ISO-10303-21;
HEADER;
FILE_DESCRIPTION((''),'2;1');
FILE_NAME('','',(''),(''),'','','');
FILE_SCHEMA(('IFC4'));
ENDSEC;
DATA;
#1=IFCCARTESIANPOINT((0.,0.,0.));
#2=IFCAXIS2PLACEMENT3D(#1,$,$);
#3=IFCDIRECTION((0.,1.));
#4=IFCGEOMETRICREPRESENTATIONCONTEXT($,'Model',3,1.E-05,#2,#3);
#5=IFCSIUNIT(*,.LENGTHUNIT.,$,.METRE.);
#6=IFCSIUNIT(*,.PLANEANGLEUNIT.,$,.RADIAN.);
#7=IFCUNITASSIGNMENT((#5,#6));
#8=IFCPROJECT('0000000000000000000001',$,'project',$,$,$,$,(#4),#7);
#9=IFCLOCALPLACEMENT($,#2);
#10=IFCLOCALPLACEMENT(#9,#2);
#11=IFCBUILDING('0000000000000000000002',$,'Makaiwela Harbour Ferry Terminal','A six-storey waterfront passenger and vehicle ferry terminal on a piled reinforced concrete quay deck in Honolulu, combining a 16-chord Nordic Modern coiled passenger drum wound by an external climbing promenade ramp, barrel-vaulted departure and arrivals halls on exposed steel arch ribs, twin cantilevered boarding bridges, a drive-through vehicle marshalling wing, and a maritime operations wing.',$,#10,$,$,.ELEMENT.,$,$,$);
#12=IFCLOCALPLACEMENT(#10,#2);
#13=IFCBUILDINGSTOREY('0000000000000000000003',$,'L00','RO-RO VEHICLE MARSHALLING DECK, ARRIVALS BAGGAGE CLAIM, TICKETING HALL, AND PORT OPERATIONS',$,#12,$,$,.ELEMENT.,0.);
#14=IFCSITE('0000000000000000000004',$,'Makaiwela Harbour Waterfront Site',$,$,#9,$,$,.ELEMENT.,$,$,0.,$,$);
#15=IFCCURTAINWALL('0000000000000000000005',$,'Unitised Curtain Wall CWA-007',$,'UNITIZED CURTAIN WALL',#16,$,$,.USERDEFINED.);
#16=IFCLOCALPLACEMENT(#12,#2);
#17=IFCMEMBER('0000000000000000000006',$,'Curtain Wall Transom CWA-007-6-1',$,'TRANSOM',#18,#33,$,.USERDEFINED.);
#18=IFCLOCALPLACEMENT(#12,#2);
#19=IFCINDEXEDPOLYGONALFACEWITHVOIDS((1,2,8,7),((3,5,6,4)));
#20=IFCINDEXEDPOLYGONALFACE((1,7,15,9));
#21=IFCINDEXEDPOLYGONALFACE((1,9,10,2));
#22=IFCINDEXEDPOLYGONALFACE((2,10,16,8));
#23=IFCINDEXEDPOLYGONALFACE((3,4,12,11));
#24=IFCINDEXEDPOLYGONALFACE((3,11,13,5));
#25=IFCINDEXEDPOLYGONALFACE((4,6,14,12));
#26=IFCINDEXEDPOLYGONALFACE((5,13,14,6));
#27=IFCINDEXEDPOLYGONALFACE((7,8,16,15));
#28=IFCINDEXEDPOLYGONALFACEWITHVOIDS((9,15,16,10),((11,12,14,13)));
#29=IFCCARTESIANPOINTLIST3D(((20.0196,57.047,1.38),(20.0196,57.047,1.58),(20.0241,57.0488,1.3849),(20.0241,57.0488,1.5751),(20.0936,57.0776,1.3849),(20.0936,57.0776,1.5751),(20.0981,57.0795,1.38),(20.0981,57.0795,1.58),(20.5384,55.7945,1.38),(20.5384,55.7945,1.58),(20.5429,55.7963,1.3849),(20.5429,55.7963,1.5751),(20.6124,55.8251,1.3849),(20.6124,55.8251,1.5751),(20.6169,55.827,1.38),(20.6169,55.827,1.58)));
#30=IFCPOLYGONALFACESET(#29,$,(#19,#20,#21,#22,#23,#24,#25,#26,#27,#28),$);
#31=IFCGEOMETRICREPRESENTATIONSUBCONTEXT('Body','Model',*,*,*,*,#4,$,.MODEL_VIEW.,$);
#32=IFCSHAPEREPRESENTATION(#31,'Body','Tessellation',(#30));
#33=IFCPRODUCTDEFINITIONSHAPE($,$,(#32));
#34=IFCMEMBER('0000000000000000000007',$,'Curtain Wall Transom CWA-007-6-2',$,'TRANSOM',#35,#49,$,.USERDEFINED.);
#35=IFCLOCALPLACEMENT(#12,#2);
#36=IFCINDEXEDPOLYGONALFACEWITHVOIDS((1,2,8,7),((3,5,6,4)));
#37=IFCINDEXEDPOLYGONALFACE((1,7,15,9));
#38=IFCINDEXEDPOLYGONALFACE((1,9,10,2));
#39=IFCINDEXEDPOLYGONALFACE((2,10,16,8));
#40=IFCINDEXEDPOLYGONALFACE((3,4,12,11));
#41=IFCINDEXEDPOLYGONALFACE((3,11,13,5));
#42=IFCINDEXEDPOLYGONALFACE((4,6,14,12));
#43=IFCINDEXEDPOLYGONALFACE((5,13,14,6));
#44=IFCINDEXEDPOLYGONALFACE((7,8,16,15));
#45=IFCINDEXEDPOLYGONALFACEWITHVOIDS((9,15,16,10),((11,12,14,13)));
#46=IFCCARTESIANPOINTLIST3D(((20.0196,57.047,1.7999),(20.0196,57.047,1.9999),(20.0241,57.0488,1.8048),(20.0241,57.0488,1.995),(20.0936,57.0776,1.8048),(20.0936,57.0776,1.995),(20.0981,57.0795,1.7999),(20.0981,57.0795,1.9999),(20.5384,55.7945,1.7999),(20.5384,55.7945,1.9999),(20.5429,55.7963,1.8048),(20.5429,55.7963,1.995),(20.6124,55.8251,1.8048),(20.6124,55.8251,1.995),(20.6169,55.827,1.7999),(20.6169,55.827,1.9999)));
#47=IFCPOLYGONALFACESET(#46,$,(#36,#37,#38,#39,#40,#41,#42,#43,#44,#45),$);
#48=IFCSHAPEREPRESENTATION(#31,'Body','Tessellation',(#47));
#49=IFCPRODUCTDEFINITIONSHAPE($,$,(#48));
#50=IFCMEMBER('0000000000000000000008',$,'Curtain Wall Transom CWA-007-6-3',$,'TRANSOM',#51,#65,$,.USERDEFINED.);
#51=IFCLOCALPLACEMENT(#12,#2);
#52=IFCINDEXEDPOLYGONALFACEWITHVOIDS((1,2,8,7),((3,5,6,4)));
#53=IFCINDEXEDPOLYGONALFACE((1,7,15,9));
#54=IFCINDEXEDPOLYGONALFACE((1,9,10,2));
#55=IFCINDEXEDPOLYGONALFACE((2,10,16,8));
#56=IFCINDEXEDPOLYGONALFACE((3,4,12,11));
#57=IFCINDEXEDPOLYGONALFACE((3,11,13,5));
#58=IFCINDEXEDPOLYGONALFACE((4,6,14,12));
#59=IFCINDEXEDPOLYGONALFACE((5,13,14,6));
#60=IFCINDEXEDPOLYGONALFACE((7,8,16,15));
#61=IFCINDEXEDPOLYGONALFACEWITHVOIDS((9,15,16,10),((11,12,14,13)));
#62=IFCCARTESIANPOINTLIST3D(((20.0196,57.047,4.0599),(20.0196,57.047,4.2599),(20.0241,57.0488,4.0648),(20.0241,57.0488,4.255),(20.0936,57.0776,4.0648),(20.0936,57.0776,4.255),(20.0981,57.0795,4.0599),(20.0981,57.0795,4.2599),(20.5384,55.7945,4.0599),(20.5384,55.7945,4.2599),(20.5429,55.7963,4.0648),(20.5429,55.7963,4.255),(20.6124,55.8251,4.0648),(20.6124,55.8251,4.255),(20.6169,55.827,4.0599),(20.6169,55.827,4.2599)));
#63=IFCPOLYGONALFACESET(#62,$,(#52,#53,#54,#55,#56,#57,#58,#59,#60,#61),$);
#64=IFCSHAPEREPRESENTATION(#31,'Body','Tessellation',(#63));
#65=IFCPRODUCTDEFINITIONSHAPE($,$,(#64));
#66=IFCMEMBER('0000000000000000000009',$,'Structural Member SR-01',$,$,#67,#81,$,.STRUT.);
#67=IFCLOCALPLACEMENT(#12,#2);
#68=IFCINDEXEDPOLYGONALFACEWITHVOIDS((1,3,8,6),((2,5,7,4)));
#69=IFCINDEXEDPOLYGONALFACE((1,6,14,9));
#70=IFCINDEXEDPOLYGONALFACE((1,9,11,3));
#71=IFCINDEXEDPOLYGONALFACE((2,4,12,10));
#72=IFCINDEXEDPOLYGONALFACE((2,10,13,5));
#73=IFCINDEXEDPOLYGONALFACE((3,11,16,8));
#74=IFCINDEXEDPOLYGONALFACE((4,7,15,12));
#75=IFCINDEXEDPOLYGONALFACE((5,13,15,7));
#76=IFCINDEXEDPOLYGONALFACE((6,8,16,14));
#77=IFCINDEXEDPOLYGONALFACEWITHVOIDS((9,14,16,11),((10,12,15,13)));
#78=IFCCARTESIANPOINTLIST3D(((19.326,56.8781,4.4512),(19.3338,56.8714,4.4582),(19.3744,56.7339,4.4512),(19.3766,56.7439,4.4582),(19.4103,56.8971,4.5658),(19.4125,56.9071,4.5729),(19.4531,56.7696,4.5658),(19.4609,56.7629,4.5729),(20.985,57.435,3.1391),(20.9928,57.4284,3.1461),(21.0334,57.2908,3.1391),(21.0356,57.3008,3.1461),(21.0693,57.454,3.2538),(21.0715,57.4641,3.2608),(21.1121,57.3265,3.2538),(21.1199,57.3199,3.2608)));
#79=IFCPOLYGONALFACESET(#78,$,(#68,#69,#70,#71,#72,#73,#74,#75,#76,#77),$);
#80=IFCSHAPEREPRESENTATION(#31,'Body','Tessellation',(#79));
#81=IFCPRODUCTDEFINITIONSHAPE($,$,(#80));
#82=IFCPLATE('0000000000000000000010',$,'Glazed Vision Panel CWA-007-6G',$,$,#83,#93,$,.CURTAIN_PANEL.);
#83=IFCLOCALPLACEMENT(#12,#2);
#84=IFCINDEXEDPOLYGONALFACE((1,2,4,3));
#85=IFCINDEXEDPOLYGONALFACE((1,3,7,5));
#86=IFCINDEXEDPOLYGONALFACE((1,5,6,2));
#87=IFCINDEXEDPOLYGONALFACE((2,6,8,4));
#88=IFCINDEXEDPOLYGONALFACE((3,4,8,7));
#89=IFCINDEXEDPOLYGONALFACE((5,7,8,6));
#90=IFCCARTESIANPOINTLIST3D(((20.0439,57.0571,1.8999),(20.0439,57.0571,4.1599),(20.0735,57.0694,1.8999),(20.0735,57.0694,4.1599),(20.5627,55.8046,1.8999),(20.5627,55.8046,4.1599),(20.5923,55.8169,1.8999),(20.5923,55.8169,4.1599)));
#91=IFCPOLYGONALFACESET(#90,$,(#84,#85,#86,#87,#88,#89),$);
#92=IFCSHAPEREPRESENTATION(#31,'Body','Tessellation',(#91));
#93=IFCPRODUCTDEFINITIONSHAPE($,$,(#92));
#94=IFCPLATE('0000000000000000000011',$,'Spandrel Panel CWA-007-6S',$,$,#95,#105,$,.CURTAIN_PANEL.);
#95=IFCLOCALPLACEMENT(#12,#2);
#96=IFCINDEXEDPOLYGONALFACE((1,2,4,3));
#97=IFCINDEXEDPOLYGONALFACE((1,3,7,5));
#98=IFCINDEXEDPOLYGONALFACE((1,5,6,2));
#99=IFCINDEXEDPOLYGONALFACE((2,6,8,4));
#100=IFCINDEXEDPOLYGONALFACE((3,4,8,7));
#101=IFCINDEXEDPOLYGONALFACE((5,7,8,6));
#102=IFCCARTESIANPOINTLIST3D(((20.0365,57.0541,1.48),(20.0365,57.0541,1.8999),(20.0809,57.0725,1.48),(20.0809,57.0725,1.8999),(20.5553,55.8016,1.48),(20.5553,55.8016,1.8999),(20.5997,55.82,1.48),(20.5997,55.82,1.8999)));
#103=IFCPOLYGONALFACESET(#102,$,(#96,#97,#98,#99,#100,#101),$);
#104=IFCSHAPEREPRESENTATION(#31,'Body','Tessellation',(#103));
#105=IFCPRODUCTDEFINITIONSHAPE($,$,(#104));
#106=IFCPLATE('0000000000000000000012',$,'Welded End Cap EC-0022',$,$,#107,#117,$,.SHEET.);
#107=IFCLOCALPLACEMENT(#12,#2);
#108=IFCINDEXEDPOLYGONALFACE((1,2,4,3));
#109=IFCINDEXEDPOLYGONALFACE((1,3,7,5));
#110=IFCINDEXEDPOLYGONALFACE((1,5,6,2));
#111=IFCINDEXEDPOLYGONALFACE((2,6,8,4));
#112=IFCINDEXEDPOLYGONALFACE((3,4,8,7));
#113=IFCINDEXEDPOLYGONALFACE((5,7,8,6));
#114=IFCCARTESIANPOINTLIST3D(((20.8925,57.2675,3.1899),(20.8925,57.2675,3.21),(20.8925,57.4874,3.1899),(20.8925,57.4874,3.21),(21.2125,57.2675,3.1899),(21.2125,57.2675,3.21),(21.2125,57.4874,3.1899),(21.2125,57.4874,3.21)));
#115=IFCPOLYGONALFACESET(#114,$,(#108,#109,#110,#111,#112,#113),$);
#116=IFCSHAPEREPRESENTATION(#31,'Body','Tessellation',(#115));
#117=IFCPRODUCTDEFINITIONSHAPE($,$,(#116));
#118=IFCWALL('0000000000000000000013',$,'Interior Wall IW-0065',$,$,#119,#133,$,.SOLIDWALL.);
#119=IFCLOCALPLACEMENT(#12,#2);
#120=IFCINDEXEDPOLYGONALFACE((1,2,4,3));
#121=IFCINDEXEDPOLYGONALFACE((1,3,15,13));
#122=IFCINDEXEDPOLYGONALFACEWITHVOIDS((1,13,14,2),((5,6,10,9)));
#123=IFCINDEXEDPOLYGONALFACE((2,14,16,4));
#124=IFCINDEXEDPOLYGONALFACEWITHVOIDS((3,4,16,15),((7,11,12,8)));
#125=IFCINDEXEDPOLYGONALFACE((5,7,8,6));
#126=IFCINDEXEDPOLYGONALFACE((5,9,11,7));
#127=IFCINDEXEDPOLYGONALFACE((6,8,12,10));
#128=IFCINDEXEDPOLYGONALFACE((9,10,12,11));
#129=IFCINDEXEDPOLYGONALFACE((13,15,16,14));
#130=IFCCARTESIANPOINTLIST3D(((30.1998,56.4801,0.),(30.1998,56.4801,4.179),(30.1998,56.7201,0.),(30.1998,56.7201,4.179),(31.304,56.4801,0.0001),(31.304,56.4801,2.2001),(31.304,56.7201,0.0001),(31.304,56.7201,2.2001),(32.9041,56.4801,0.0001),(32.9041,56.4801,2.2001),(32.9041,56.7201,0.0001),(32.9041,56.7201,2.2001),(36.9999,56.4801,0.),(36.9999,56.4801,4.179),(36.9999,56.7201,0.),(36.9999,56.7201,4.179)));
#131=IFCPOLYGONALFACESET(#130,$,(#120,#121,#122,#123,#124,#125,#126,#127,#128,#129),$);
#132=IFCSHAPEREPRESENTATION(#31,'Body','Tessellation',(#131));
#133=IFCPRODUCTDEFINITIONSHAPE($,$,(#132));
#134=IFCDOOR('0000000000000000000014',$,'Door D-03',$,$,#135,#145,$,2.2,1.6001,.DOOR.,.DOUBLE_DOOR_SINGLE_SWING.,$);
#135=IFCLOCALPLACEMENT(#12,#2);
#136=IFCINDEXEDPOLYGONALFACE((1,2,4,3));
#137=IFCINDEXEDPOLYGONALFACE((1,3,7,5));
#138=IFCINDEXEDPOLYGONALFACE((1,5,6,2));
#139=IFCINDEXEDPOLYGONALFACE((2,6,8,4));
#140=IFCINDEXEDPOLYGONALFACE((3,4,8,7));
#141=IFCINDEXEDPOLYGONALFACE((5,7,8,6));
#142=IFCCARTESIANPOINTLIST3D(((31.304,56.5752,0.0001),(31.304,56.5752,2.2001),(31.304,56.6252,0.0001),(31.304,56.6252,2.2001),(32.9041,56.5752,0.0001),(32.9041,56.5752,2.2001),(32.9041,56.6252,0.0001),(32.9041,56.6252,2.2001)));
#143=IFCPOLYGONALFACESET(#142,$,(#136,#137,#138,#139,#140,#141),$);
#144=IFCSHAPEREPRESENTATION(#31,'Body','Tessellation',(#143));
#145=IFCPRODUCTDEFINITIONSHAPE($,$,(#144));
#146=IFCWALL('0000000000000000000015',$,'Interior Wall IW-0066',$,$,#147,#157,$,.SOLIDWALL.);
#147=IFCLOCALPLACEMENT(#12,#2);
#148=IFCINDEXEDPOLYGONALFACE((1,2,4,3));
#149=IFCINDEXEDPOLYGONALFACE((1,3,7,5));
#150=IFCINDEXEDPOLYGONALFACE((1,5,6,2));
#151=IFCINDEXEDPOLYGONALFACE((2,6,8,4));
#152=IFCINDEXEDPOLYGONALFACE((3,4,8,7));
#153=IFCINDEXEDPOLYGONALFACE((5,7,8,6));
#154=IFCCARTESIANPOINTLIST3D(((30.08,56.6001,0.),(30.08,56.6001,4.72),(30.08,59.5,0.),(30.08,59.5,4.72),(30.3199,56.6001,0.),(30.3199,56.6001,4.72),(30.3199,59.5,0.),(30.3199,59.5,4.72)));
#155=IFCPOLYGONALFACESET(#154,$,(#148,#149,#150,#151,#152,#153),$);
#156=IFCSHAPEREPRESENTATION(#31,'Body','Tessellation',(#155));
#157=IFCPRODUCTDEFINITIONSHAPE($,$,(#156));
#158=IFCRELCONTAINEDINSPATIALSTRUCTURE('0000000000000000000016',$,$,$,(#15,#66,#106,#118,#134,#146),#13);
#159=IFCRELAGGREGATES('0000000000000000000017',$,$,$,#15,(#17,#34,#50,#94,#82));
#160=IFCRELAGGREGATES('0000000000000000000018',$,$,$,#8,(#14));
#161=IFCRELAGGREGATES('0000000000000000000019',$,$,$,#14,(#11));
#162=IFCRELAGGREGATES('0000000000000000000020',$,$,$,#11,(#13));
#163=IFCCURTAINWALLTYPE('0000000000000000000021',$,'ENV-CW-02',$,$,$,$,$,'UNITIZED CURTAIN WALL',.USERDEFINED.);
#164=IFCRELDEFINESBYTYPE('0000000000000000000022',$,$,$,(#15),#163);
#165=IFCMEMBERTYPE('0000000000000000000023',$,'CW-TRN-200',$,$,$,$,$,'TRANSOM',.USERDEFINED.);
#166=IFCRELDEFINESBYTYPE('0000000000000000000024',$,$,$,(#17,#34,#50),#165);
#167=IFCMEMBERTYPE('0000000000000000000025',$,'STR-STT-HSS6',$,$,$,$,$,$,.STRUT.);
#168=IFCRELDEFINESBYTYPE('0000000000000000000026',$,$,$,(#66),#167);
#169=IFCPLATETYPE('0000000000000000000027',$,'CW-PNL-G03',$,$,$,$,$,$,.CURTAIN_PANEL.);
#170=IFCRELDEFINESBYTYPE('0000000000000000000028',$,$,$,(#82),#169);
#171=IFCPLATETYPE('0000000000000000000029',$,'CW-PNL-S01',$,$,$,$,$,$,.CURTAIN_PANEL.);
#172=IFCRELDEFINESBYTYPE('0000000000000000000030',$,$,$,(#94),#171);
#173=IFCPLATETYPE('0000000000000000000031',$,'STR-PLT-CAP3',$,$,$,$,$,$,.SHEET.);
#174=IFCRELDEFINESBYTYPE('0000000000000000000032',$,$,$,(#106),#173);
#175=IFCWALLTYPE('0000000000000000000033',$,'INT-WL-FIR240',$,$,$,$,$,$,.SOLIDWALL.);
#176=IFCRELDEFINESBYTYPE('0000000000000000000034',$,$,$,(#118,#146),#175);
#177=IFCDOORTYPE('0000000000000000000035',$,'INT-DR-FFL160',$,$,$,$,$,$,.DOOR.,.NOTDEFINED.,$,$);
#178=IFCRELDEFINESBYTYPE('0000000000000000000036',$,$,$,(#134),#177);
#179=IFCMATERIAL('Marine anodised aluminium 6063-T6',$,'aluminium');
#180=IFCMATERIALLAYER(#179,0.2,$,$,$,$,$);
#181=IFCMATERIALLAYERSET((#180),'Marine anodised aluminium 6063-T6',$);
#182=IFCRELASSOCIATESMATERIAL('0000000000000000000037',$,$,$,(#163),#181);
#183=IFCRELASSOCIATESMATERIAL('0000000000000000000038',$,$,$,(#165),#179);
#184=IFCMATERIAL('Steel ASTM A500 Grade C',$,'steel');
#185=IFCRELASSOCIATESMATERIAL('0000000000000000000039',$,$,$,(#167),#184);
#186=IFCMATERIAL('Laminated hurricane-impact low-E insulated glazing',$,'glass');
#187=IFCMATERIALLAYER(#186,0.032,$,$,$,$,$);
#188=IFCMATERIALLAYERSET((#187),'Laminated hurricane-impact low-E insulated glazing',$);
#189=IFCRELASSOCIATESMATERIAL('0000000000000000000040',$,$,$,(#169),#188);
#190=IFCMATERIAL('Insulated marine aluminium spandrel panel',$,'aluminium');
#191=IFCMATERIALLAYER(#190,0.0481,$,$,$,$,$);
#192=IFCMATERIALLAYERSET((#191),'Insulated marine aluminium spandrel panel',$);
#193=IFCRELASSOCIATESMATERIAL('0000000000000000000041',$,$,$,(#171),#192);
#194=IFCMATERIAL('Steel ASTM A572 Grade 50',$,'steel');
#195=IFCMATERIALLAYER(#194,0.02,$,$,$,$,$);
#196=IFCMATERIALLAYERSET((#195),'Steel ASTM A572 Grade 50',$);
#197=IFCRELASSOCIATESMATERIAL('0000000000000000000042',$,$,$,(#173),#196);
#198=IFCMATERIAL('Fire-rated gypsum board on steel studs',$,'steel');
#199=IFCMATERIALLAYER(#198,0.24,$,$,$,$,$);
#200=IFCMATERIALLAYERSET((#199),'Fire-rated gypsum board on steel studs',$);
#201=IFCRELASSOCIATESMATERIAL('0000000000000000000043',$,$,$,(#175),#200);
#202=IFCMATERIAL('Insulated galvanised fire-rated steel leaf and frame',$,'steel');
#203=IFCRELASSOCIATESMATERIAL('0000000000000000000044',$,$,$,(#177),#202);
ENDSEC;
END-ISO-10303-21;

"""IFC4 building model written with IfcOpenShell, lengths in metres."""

from ifc_helpers import new_model, si_unit, direction, frame, frame_2d, origin, origin_2d, place, context, subcontext, project, spatial, rectangle, hollow_rectangle, extrude, material, layer, layer_set, material_profile, profile_set, type_object, element, fill, aggregate, save


model = new_model("IFC4")

# Units and contexts
model_context = context("Model", 3, precision=1e-05, world=origin(), true_north=direction((0.0, 1.0)))
body_context = subcontext(model_context, "Body", "Model", "MODEL_VIEW")
ifc_project = project(units=[si_unit("LENGTHUNIT", "METRE"), si_unit("PLANEANGLEUNIT", "RADIAN")], contexts=[model_context])

# Site, building, storey
site_placement = place(None, origin())
site = spatial("IfcSite", under=ifc_project, at=site_placement, Name="Makaiwela Harbour Waterfront Site", CompositionType="ELEMENT", RefElevation=0.0)
building_placement = place(site_placement, origin())
building = spatial("IfcBuilding", under=site, at=building_placement, Name="Makaiwela Harbour Ferry Terminal", Description="A six-storey waterfront passenger and vehicle ferry terminal on a piled reinforced concrete quay deck in Honolulu, combining a 16-chord Nordic Modern coiled passenger drum wound by an external climbing promenade ramp, barrel-vaulted departure and arrivals halls on exposed steel arch ribs, twin cantilevered boarding bridges, a drive-through vehicle marshalling wing, and a maritime operations wing.", CompositionType="ELEMENT")
storey_placement = place(building_placement, origin())
storey = spatial("IfcBuildingStorey", under=building, at=storey_placement, Name="L00", Description="RO-RO VEHICLE MARSHALLING DECK, ARRIVALS BAGGAGE CLAIM, TICKETING HALL, AND PORT OPERATIONS", CompositionType="ELEMENT", Elevation=0.0)

# Curtain wall, members
ifc_material_1 = material(Name="Marine anodised aluminium 6063-T6", Category="aluminium")
ifc_layer_1 = layer(ifc_material_1, 0.2)
ifc_layer_set_1 = layer_set([ifc_layer_1], Name="Marine anodised aluminium 6063-T6")
curtain_wall_type = type_object("IfcCurtainWallType", Name="ENV-CW-02", ElementType="UNITIZED CURTAIN WALL", PredefinedType="USERDEFINED", material=ifc_layer_set_1)
curtain_wall_placement = place(storey_placement, origin())
curtain_wall = element("IfcCurtainWall", 1, at=curtain_wall_placement, inside=storey, type_object=curtain_wall_type, Name="Unitised Curtain Wall CWA-007", ObjectType="UNITIZED CURTAIN WALL", PredefinedType="USERDEFINED")
ifc_material_profile_1 = material_profile(ifc_material_1, hollow_rectangle(XDim=0.085, YDim=0.2, WallThickness=0.0049, at=origin_2d()), Name="CWT-200X85")
ifc_profile_set_1 = profile_set([ifc_material_profile_1], Name="Marine anodised aluminium 6063-T6")
member_type_1 = type_object("IfcMemberType", Name="CW-TRN-200", ElementType="TRANSOM", PredefinedType="USERDEFINED", material=ifc_profile_set_1)
member_1_placement = place(storey_placement, frame((20.0588, 57.0632, 1.48), z_axis=(0.382696, -0.923874, 0.0), x_axis=(0.923874, 0.382696, 0.0)))
member_1 = element("IfcMember", 2, at=member_1_placement, type_object=member_type_1, Name="Curtain Wall Transom CWA-007-6-1", ObjectType="TRANSOM", PredefinedType="USERDEFINED", context=body_context, shape_type="SweptSolid", body=[
    extrude(hollow_rectangle(XDim=0.085, YDim=0.2, WallThickness=0.0049, at=origin_2d()), origin(), (0.0, 0.0, 1.0), 1.3557),
])
member_2_placement = place(storey_placement, frame((20.0588, 57.0632, 1.8999), z_axis=(0.382696, -0.923874, 0.0), x_axis=(0.923874, 0.382696, 0.0)))
member_2 = element("IfcMember", 3, at=member_2_placement, type_object=member_type_1, Name="Curtain Wall Transom CWA-007-6-2", ObjectType="TRANSOM", PredefinedType="USERDEFINED", context=body_context, shape_type="SweptSolid", body=[
    extrude(hollow_rectangle(XDim=0.085, YDim=0.2, WallThickness=0.0049, at=origin_2d()), origin(), (0.0, 0.0, 1.0), 1.3557),
])
member_3_placement = place(storey_placement, frame((20.0588, 57.0632, 4.1599), z_axis=(0.382696, -0.923874, 0.0), x_axis=(0.923874, 0.382696, 0.0)))
member_3 = element("IfcMember", 4, at=member_3_placement, type_object=member_type_1, Name="Curtain Wall Transom CWA-007-6-3", ObjectType="TRANSOM", PredefinedType="USERDEFINED", context=body_context, shape_type="SweptSolid", body=[
    extrude(hollow_rectangle(XDim=0.085, YDim=0.2, WallThickness=0.0049, at=origin_2d()), origin(), (0.0, 0.0, 1.0), 1.3557),
])

# Member
ifc_material_2 = material(Name="Steel ASTM A500 Grade C", Category="steel")
ifc_material_profile_2 = material_profile(ifc_material_2, hollow_rectangle(XDim=0.1521, YDim=0.1521, WallThickness=0.0088, at=origin_2d()), Name="HSS6X6X3/8")
ifc_profile_set_2 = profile_set([ifc_material_profile_2], Name="Steel ASTM A500 Grade C")
member_type_2 = type_object("IfcMemberType", Name="STR-STT-HSS6", PredefinedType="STRUT", material=ifc_profile_set_2)
member_4_placement = place(storey_placement, frame((21.0525, 57.3774, 3.2), z_axis=(-0.758497, -0.254618, 0.599877), x_axis=(0.318236, -0.948011, 0.0)))
element("IfcMember", 5, at=member_4_placement, inside=storey, type_object=member_type_2, Name="Structural Member SR-01", PredefinedType="STRUT", context=body_context, shape_type="SweptSolid", body=[
    extrude(hollow_rectangle(XDim=0.1521, YDim=0.1521, WallThickness=0.0088, at=origin_2d()), origin(), (0.0, 0.0, 1.0), 2.1873),
])

# Plates
ifc_material_3 = material(Name="Laminated hurricane-impact low-E insulated glazing", Category="glass")
ifc_layer_2 = layer(ifc_material_3, 0.032)
ifc_layer_set_2 = layer_set([ifc_layer_2], Name="Laminated hurricane-impact low-E insulated glazing")
plate_type_1 = type_object("IfcPlateType", Name="CW-PNL-G03", PredefinedType="CURTAIN_PANEL", material=ifc_layer_set_2)
plate_1_placement = place(storey_placement, frame((20.3181, 56.437, 1.8999), z_axis=(0.0, 0.0, 1.0), x_axis=(0.382683, -0.92388, 0.0)))
plate_1 = element("IfcPlate", 6, at=plate_1_placement, type_object=plate_type_1, Name="Glazed Vision Panel CWA-007-6G", PredefinedType="CURTAIN_PANEL", context=body_context, shape_type="SweptSolid", body=[
    extrude(rectangle(XDim=1.3557, YDim=0.032, at=origin_2d()), origin(), (0.0, 0.0, 1.0), 2.26),
])
ifc_material_4 = material(Name="Insulated marine aluminium spandrel panel", Category="aluminium")
ifc_layer_3 = layer(ifc_material_4, 0.0481)
ifc_layer_set_3 = layer_set([ifc_layer_3], Name="Insulated marine aluminium spandrel panel")
plate_type_2 = type_object("IfcPlateType", Name="CW-PNL-S01", PredefinedType="CURTAIN_PANEL", material=ifc_layer_set_3)
plate_2_placement = place(storey_placement, frame((20.3181, 56.437, 1.48), z_axis=(0.0, 0.0, 1.0), x_axis=(0.382683, -0.92388, 0.0)))
plate_2 = element("IfcPlate", 7, at=plate_2_placement, type_object=plate_type_2, Name="Spandrel Panel CWA-007-6S", PredefinedType="CURTAIN_PANEL", context=body_context, shape_type="SweptSolid", body=[
    extrude(rectangle(XDim=1.3557, YDim=0.0481, at=origin_2d()), origin(), (0.0, 0.0, 1.0), 0.4199),
])
aggregate(curtain_wall, [member_1, member_2, member_3, plate_2, plate_1])
ifc_material_5 = material(Name="Steel ASTM A572 Grade 50", Category="steel")
ifc_layer_4 = layer(ifc_material_5, 0.02)
ifc_layer_set_4 = layer_set([ifc_layer_4], Name="Steel ASTM A572 Grade 50")
plate_type_3 = type_object("IfcPlateType", Name="STR-PLT-CAP3", PredefinedType="SHEET", material=ifc_layer_set_4)
plate_3_placement = place(storey_placement, frame((21.0525, 57.3774, 3.1899), z_axis=(0.0, 0.0, 1.0), x_axis=(1.0, 0.0, 0.0)))
element("IfcPlate", 8, at=plate_3_placement, inside=storey, type_object=plate_type_3, Name="Welded End Cap EC-0022", PredefinedType="SHEET", context=body_context, shape_type="SweptSolid", body=[
    extrude(rectangle(XDim=0.3201, YDim=0.22, at=origin_2d()), origin(), (0.0, 0.0, 1.0), 0.02),
])

# Wall, opening, door
ifc_material_6 = material(Name="Fire-rated gypsum board on steel studs", Category="steel")
ifc_layer_5 = layer(ifc_material_6, 0.24)
ifc_layer_set_5 = layer_set([ifc_layer_5], Name="Fire-rated gypsum board on steel studs")
wall_type_1 = type_object("IfcWallType", Name="INT-WL-FIR240", PredefinedType="SOLIDWALL", material=ifc_layer_set_5)
wall_1_placement = place(storey_placement, frame((30.2, 56.6001, 0.0), z_axis=(0.0, 0.0, 1.0), x_axis=(1.0, 0.0, 0.0)))
wall_1 = element("IfcWall", 9, at=wall_1_placement, inside=storey, type_object=wall_type_1, Name="Interior Wall IW-0065", PredefinedType="SOLIDWALL", context=body_context, shape_type="SweptSolid", body=[
    extrude(rectangle(XDim=6.8, YDim=0.24, at=frame_2d((3.3999, 0.0))), origin(), (0.0, 0.0, 1.0), 4.179),
])
opening_1_placement = place(wall_1_placement, frame((1.104, 0.0, 0.0)))
opening_1 = element("IfcOpeningElement", 10, at=opening_1_placement, cuts=wall_1, PredefinedType="OPENING", context=body_context, shape_type="SweptSolid", body=[
    extrude(rectangle(XDim=1.6001, YDim=2.2, at=frame_2d((0.8, 1.1001))), frame((0.0, 0.1299, 0.0), z_axis=(0.0, -1.0, 0.0), x_axis=(1.0, 0.0, 0.0)), (0.0, 0.0, 1.0), 0.26),
])
ifc_material_7 = material(Name="Insulated galvanised fire-rated steel leaf and frame", Category="steel")
door_type_1 = type_object("IfcDoorType", Name="INT-DR-FFL160", OperationType="NOTDEFINED", PredefinedType="DOOR", material=ifc_material_7)
door_1_placement = place(opening_1_placement, frame((1.6001, 0.0, 0.0), z_axis=(0.0, 0.0, 1.0), x_axis=(-1.0, 0.0, 0.0)))
door_1 = element("IfcDoor", 11, at=door_1_placement, inside=storey, type_object=door_type_1, Name="Door D-03", OperationType="DOUBLE_DOOR_SINGLE_SWING", OverallHeight=2.2, OverallWidth=1.6001, PredefinedType="DOOR", context=body_context, shape_type="SweptSolid", body=[
    extrude(rectangle(XDim=1.6001, YDim=2.2, at=frame_2d((0.8, 1.1001))), frame((0.0, 0.0249, 0.0), z_axis=(0.0, -1.0, 0.0), x_axis=(1.0, 0.0, 0.0)), (0.0, 0.0, 1.0), 0.05),
])
fill(opening_1, door_1)

# Wall
wall_2_placement = place(storey_placement, frame((30.2, 59.5, 0.0), z_axis=(0.0, 0.0, 1.0), x_axis=(0.0, -1.0, 0.0)))
element("IfcWall", 12, at=wall_2_placement, inside=storey, type_object=wall_type_1, Name="Interior Wall IW-0066", PredefinedType="SOLIDWALL", context=body_context, shape_type="SweptSolid", body=[
    extrude(rectangle(XDim=2.8999, YDim=0.24, at=frame_2d((1.45, 0.0))), origin(), (0.0, 0.0, 1.0), 4.72),
])

save(model, "model.ifc")
